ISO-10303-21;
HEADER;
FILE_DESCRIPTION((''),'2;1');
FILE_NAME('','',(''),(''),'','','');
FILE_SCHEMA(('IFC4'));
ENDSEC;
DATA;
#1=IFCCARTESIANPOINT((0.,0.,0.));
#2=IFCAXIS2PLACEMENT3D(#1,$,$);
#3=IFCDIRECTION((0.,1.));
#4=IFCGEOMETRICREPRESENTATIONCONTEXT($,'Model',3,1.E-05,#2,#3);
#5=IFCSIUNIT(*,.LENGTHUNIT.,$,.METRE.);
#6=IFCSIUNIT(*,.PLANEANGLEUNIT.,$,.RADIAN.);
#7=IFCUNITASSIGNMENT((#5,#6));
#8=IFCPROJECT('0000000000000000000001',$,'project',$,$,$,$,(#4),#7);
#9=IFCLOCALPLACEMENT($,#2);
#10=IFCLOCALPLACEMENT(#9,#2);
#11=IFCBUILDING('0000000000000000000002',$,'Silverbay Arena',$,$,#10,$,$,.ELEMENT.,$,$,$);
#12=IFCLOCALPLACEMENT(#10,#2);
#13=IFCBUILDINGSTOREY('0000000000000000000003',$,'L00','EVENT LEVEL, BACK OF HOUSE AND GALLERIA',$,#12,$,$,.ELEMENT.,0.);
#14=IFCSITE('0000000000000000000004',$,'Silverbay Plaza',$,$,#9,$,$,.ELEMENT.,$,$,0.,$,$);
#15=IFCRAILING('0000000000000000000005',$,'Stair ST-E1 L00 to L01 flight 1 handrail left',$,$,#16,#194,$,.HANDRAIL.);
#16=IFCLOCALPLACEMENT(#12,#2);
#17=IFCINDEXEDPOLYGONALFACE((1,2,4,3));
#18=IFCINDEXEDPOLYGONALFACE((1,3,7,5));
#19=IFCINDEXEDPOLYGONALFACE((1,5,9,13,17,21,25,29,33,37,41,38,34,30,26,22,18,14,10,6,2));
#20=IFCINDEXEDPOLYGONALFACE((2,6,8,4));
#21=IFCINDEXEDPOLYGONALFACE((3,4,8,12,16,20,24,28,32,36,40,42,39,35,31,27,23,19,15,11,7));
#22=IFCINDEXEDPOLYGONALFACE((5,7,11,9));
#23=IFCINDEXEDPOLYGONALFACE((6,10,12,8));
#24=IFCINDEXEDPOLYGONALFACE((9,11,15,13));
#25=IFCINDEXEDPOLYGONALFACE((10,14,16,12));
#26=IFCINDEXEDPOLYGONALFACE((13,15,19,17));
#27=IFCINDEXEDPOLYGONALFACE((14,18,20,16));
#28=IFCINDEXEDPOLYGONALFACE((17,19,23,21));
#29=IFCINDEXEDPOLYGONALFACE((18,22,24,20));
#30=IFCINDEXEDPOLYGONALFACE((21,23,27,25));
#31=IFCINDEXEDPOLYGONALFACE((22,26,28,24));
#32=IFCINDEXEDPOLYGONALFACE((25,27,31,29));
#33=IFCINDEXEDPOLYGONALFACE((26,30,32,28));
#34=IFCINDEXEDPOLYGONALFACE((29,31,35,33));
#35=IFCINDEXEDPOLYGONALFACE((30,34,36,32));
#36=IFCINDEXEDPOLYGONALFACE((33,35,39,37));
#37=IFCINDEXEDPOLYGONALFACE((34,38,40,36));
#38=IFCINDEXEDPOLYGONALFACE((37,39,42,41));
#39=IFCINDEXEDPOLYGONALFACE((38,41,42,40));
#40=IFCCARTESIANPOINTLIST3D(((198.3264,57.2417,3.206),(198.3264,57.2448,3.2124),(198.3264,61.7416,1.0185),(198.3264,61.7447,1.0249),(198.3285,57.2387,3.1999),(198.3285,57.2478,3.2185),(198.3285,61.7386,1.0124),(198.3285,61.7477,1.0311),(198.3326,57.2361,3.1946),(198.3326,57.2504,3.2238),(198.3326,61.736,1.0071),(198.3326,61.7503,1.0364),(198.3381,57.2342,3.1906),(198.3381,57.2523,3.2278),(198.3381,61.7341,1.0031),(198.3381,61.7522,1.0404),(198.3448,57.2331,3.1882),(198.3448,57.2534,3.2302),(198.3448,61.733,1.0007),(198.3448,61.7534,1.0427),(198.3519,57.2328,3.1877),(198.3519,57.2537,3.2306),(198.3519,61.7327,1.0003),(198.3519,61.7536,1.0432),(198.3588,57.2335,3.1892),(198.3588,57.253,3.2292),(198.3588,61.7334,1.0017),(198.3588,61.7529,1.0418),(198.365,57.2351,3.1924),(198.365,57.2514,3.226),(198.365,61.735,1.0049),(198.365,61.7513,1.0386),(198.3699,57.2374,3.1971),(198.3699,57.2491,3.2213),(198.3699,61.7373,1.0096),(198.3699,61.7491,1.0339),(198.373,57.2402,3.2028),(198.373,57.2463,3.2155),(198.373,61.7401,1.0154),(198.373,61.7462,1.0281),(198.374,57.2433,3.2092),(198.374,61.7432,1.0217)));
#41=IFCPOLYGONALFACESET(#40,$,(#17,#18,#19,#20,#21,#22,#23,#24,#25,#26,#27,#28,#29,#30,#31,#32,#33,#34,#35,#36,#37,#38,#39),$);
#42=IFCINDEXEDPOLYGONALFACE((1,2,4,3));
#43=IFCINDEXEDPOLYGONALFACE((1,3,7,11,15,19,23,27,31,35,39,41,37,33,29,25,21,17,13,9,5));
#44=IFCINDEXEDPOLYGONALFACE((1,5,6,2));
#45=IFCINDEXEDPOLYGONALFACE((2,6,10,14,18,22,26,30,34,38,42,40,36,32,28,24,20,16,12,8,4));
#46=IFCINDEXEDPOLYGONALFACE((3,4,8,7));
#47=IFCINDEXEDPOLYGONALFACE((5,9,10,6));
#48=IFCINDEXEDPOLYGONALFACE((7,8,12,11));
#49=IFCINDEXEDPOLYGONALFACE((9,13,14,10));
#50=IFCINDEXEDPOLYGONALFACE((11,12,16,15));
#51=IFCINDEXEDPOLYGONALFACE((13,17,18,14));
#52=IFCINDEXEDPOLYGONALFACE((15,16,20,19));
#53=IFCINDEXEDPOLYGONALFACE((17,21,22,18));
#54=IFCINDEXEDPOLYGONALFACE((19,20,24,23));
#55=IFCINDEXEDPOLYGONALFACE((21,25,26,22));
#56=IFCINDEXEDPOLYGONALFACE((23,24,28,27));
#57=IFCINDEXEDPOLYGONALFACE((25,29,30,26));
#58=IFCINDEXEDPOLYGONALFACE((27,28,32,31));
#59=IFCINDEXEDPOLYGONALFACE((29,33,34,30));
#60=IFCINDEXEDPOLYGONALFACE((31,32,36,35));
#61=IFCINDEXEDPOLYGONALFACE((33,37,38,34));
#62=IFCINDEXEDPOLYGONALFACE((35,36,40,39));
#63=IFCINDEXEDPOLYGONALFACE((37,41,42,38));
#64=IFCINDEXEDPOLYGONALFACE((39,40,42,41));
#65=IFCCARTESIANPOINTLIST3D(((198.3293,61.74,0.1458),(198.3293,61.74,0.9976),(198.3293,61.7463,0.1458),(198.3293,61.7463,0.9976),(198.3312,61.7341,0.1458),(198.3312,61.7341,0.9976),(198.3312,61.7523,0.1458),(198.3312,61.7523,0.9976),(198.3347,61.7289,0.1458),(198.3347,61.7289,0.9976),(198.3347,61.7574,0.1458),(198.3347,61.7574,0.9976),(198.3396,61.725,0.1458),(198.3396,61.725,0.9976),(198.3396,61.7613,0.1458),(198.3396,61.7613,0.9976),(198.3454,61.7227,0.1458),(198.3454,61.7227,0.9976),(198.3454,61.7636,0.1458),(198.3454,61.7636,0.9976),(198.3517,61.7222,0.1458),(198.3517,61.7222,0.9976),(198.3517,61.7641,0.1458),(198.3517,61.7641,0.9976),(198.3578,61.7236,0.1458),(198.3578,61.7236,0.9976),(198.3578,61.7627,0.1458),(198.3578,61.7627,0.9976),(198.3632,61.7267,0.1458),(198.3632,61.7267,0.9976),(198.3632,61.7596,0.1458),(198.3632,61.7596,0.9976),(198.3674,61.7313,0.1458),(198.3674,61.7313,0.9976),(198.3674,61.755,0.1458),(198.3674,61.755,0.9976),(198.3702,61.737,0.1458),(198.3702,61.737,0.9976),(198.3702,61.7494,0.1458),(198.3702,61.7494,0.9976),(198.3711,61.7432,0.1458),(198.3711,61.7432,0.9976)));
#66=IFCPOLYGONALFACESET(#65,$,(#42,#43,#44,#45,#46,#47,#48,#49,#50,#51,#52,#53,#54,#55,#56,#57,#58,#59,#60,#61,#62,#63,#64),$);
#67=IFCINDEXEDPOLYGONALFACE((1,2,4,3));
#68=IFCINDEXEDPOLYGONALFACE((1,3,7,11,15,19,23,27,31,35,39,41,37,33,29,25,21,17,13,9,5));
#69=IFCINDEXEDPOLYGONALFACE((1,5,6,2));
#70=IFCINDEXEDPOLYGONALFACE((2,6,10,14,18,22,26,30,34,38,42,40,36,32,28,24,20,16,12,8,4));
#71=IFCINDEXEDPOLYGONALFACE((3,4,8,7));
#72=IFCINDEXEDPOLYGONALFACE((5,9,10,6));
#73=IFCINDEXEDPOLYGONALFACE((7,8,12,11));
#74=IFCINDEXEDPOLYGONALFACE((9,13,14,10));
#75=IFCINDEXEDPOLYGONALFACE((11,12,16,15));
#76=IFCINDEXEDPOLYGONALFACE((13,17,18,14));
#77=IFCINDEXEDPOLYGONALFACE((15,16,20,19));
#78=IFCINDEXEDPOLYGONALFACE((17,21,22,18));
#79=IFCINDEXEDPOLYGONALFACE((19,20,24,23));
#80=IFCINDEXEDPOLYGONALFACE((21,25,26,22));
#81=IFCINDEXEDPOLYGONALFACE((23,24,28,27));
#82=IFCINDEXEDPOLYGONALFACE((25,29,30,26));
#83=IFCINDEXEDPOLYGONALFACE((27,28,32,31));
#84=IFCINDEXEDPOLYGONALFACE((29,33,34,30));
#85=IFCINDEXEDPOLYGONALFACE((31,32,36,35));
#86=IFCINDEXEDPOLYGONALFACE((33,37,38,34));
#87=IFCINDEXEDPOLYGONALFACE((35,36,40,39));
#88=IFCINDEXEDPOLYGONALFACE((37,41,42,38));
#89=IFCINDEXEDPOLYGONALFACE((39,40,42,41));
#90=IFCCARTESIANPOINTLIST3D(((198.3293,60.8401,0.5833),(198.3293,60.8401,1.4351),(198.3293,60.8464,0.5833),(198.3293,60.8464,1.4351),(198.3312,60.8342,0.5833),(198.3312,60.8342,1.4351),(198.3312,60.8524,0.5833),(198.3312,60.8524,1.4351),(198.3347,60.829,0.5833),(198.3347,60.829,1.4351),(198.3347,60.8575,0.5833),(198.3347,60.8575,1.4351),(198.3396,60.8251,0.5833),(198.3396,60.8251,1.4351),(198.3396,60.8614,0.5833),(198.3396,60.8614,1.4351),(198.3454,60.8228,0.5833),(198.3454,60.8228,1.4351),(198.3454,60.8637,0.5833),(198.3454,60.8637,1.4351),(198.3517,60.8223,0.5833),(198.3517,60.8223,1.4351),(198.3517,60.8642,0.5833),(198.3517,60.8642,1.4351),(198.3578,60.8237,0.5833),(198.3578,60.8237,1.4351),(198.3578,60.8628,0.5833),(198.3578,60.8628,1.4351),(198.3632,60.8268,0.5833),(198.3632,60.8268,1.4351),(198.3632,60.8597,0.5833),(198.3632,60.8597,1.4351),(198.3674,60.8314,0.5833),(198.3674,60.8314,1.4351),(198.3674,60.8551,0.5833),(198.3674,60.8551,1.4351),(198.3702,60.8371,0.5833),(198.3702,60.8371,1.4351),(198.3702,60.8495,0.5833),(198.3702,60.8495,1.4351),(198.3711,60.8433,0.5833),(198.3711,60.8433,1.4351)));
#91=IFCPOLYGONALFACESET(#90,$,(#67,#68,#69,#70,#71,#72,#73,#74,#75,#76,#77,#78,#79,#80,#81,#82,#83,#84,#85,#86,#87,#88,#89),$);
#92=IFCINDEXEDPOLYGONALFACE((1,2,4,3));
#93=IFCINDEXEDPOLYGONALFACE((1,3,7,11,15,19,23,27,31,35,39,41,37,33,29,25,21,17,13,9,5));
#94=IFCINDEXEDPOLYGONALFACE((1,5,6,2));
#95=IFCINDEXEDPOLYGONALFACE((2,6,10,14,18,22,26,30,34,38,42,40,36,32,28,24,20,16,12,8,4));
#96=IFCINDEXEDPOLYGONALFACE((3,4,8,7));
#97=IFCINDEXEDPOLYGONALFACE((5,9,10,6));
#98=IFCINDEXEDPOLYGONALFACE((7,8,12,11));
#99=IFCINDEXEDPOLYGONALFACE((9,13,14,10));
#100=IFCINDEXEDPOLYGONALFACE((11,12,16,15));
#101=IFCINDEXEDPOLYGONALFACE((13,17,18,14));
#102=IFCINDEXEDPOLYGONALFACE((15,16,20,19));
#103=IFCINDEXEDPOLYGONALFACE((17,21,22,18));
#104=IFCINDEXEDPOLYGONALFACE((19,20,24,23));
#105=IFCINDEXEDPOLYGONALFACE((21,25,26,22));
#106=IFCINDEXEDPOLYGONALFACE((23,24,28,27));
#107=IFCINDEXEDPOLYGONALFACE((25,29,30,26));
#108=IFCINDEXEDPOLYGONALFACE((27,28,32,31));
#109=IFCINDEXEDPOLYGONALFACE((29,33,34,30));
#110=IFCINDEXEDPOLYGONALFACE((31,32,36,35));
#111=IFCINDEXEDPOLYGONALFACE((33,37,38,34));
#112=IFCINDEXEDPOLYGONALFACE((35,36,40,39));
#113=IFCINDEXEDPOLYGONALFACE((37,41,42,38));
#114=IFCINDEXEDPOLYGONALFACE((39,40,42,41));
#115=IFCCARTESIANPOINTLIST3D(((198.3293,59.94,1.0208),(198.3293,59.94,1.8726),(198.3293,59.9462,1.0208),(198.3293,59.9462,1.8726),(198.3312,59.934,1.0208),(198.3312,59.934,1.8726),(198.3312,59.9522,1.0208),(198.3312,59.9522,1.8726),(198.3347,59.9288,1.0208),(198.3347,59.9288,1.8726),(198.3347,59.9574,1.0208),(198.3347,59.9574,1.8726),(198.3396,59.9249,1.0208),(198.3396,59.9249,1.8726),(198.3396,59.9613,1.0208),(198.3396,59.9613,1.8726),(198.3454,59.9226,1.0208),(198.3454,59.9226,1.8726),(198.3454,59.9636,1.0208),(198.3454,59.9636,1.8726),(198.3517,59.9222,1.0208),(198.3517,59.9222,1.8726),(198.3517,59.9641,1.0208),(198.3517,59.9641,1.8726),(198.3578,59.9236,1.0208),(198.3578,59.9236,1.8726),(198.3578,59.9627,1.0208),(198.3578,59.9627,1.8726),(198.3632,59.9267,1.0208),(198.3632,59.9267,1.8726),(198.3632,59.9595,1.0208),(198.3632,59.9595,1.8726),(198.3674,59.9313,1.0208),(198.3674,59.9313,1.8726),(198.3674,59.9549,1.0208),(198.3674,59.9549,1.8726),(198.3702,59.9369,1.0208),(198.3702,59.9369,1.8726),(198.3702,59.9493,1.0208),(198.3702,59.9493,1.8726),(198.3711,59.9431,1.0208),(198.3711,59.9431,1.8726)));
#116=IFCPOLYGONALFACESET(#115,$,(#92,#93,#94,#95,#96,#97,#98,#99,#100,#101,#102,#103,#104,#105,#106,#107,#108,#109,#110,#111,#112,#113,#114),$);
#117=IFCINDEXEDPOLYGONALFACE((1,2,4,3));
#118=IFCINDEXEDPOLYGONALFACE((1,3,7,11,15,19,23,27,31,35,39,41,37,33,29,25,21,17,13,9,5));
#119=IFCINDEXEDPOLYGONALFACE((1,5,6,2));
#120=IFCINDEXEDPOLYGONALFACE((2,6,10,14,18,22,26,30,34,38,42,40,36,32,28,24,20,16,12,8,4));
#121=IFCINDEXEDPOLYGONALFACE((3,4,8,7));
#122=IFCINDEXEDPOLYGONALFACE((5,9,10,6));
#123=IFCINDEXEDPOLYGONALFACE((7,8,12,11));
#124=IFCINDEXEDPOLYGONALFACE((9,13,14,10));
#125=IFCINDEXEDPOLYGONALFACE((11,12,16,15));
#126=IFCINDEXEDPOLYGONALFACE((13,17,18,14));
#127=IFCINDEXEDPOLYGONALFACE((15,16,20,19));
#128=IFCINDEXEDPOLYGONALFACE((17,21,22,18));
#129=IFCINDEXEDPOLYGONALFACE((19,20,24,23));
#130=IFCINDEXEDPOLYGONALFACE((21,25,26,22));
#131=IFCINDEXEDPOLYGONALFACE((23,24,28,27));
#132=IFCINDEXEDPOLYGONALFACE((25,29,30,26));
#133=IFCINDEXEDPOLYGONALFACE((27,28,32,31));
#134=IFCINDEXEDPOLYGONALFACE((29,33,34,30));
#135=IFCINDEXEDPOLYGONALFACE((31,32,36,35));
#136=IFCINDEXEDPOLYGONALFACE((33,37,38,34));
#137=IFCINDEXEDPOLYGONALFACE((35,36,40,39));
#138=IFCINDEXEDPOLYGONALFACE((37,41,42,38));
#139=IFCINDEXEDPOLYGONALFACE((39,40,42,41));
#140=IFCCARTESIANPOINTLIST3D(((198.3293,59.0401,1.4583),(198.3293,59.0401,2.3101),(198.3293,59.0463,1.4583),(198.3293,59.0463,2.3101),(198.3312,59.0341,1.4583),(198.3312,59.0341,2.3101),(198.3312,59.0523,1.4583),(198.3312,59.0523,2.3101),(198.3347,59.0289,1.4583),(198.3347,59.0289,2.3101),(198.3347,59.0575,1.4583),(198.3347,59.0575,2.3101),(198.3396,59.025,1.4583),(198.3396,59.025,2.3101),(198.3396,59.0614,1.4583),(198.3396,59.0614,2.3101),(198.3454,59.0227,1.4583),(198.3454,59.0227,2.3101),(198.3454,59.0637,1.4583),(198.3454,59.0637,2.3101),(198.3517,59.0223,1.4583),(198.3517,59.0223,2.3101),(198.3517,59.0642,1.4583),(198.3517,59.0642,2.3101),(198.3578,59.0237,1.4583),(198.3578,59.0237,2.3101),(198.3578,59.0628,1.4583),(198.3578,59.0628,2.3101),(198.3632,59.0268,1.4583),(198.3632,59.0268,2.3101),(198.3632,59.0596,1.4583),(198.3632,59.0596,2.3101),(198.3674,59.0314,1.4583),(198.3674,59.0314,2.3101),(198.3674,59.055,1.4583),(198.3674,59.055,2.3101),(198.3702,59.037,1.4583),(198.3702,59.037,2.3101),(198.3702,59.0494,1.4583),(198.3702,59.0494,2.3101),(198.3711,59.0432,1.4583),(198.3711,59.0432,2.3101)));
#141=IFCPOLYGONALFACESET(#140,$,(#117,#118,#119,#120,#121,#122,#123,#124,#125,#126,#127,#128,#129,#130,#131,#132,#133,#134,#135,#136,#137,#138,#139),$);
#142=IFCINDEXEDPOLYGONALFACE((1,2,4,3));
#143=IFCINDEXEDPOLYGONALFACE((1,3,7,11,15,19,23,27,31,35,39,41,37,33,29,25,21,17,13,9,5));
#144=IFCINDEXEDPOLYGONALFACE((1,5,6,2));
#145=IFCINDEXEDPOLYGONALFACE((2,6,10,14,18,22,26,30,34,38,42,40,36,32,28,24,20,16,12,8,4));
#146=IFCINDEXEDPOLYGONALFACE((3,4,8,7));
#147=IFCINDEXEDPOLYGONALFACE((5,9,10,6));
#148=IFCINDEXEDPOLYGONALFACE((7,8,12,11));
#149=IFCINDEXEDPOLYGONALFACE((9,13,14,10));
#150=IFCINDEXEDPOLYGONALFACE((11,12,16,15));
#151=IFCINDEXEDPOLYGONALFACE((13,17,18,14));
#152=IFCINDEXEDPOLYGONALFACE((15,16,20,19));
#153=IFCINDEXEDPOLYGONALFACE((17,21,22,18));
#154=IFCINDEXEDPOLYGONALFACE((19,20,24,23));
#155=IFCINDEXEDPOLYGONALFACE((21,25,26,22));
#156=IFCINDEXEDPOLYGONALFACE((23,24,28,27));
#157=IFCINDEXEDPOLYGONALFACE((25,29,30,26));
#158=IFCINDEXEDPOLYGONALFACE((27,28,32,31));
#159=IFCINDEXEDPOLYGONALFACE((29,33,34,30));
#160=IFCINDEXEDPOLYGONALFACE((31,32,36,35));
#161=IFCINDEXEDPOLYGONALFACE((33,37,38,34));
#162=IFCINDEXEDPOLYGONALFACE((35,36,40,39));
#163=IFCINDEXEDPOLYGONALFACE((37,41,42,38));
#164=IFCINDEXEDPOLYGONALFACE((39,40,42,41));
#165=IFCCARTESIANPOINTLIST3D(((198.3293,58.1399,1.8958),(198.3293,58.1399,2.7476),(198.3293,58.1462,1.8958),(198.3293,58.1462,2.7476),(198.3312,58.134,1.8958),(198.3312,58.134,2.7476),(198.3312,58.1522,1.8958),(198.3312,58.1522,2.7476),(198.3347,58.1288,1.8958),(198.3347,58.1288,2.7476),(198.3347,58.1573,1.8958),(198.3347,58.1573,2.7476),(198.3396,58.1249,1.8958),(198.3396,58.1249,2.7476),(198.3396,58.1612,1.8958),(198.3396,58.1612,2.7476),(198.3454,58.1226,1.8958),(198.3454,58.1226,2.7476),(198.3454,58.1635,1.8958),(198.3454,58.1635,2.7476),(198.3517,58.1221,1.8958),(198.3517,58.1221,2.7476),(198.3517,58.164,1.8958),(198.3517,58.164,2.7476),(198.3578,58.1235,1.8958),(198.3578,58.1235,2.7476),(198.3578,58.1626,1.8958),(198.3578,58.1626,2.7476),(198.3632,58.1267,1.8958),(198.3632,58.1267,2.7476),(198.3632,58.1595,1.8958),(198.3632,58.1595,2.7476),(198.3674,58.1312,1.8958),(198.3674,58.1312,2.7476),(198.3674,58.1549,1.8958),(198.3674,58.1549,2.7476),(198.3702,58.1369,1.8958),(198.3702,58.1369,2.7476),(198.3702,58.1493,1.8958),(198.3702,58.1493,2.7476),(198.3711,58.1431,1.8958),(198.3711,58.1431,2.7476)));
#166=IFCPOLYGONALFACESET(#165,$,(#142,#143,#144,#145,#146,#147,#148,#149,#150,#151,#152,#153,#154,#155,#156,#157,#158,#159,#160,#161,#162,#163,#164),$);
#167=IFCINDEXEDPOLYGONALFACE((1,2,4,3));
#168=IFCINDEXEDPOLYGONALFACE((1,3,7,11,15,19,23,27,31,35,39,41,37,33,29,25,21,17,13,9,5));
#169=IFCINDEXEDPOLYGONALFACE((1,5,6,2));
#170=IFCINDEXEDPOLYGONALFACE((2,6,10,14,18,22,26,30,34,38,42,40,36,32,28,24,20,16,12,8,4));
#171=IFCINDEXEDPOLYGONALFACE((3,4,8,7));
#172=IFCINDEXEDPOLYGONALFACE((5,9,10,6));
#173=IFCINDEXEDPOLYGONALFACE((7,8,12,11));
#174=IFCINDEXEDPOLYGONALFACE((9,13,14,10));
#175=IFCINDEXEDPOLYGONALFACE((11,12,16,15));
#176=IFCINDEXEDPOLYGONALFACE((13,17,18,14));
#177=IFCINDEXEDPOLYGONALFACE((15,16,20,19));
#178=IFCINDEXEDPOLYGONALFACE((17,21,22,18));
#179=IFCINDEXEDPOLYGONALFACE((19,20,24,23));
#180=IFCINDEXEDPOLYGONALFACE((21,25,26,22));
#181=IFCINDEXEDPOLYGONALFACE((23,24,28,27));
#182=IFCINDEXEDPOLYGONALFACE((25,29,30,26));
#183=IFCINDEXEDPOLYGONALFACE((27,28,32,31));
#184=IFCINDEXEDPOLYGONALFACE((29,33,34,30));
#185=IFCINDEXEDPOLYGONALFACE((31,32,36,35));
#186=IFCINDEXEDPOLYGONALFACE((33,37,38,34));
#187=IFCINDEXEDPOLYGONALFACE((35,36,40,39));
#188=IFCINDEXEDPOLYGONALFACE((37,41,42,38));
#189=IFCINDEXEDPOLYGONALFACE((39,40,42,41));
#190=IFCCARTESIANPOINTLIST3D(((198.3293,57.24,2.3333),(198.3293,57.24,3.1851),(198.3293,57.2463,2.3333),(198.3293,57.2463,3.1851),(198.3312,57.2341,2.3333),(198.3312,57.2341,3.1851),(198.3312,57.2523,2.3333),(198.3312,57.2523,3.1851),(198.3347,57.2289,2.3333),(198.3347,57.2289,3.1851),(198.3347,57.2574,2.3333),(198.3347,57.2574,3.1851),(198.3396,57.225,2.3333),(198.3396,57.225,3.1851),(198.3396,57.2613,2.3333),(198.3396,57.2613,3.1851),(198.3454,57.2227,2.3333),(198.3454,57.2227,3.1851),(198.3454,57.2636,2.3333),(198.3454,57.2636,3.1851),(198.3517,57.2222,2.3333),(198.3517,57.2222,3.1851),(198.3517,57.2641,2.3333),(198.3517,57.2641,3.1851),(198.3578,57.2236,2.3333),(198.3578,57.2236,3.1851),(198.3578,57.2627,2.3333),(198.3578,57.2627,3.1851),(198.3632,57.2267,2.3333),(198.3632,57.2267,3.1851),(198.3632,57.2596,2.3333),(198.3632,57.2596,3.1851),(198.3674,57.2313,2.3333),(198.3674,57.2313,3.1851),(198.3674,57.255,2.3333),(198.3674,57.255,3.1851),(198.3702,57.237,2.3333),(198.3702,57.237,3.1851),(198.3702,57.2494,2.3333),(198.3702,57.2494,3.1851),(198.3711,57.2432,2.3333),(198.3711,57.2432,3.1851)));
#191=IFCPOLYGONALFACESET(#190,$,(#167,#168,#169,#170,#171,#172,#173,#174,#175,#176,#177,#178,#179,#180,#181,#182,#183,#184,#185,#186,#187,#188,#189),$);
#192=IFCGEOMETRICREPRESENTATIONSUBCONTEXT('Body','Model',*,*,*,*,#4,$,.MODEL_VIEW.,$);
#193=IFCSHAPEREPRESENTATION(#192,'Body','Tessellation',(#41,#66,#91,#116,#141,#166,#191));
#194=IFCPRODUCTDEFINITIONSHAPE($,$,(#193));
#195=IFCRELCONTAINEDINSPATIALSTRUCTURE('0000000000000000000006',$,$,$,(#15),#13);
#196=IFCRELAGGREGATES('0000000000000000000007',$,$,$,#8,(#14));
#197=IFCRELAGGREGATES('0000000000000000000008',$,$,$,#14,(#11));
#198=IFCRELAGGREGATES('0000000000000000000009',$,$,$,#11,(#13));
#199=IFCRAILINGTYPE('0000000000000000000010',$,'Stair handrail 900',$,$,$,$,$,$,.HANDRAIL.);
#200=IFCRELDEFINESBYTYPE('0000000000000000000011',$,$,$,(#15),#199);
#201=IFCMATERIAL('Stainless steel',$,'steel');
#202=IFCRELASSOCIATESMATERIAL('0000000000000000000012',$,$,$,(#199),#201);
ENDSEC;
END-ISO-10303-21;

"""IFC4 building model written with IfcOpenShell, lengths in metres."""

from ifc_helpers import new_model, si_unit, direction, frame, origin, origin_2d, place, context, subcontext, project, spatial, circle, extrude, material, type_object, element, save


model = new_model("IFC4")

# Units and contexts
model_context = context("Model", 3, precision=1e-05, world=origin(), true_north=direction((0.0, 1.0)))
body_context = subcontext(model_context, "Body", "Model", "MODEL_VIEW")
ifc_project = project(units=[si_unit("LENGTHUNIT", "METRE"), si_unit("PLANEANGLEUNIT", "RADIAN")], contexts=[model_context])

# Site, building, storey
site_placement = place(None, origin())
site = spatial("IfcSite", under=ifc_project, at=site_placement, Name="Silverbay Plaza", CompositionType="ELEMENT", RefElevation=0.0)
building_placement = place(site_placement, origin())
building = spatial("IfcBuilding", under=site, at=building_placement, Name="Silverbay Arena", CompositionType="ELEMENT")
storey_placement = place(building_placement, origin())
storey = spatial("IfcBuildingStorey", under=building, at=storey_placement, Name="L00", Description="EVENT LEVEL, BACK OF HOUSE AND GALLERIA", CompositionType="ELEMENT", Elevation=0.0)

# Railing
ifc_material_1 = material(Name="Stainless steel", Category="steel")
railing_type_1 = type_object("IfcRailingType", Name="Stair handrail 900", PredefinedType="HANDRAIL", material=ifc_material_1)
railing_1_placement = place(storey_placement, frame((198.3501, 61.7432, 0.1458)))
element("IfcRailing", 1, at=railing_1_placement, inside=storey, type_object=railing_type_1, Name="Stair ST-E1 L00 to L01 flight 1 handrail left", PredefinedType="HANDRAIL", context=body_context, shape_type="SweptSolid", body=[
    extrude(circle(Radius=0.0239, at=origin_2d()), frame((0.0, 0.0, 0.876), z_axis=(0.0, -0.899368, 0.437193), x_axis=(1.0, 0.0, 0.0)), (0.0, 0.0, 1.0), 5.0034),
    extrude(circle(Radius=0.021, at=origin_2d()), origin(), (0.0, 0.0, 1.0), 0.8518),
    extrude(circle(Radius=0.021, at=origin_2d()), frame((0.0, -0.8999, 0.4375)), (0.0, 0.0, 1.0), 0.8518),
    extrude(circle(Radius=0.021, at=origin_2d()), frame((0.0, -1.8, 0.875)), (0.0, 0.0, 1.0), 0.8518),
    extrude(circle(Radius=0.021, at=origin_2d()), frame((0.0, -2.7, 1.3125)), (0.0, 0.0, 1.0), 0.8518),
    extrude(circle(Radius=0.021, at=origin_2d()), frame((0.0, -3.6001, 1.75)), (0.0, 0.0, 1.0), 0.8518),
    extrude(circle(Radius=0.021, at=origin_2d()), frame((0.0, -4.5, 2.1875)), (0.0, 0.0, 1.0), 0.8518),
])

save(model, "model.ifc")
